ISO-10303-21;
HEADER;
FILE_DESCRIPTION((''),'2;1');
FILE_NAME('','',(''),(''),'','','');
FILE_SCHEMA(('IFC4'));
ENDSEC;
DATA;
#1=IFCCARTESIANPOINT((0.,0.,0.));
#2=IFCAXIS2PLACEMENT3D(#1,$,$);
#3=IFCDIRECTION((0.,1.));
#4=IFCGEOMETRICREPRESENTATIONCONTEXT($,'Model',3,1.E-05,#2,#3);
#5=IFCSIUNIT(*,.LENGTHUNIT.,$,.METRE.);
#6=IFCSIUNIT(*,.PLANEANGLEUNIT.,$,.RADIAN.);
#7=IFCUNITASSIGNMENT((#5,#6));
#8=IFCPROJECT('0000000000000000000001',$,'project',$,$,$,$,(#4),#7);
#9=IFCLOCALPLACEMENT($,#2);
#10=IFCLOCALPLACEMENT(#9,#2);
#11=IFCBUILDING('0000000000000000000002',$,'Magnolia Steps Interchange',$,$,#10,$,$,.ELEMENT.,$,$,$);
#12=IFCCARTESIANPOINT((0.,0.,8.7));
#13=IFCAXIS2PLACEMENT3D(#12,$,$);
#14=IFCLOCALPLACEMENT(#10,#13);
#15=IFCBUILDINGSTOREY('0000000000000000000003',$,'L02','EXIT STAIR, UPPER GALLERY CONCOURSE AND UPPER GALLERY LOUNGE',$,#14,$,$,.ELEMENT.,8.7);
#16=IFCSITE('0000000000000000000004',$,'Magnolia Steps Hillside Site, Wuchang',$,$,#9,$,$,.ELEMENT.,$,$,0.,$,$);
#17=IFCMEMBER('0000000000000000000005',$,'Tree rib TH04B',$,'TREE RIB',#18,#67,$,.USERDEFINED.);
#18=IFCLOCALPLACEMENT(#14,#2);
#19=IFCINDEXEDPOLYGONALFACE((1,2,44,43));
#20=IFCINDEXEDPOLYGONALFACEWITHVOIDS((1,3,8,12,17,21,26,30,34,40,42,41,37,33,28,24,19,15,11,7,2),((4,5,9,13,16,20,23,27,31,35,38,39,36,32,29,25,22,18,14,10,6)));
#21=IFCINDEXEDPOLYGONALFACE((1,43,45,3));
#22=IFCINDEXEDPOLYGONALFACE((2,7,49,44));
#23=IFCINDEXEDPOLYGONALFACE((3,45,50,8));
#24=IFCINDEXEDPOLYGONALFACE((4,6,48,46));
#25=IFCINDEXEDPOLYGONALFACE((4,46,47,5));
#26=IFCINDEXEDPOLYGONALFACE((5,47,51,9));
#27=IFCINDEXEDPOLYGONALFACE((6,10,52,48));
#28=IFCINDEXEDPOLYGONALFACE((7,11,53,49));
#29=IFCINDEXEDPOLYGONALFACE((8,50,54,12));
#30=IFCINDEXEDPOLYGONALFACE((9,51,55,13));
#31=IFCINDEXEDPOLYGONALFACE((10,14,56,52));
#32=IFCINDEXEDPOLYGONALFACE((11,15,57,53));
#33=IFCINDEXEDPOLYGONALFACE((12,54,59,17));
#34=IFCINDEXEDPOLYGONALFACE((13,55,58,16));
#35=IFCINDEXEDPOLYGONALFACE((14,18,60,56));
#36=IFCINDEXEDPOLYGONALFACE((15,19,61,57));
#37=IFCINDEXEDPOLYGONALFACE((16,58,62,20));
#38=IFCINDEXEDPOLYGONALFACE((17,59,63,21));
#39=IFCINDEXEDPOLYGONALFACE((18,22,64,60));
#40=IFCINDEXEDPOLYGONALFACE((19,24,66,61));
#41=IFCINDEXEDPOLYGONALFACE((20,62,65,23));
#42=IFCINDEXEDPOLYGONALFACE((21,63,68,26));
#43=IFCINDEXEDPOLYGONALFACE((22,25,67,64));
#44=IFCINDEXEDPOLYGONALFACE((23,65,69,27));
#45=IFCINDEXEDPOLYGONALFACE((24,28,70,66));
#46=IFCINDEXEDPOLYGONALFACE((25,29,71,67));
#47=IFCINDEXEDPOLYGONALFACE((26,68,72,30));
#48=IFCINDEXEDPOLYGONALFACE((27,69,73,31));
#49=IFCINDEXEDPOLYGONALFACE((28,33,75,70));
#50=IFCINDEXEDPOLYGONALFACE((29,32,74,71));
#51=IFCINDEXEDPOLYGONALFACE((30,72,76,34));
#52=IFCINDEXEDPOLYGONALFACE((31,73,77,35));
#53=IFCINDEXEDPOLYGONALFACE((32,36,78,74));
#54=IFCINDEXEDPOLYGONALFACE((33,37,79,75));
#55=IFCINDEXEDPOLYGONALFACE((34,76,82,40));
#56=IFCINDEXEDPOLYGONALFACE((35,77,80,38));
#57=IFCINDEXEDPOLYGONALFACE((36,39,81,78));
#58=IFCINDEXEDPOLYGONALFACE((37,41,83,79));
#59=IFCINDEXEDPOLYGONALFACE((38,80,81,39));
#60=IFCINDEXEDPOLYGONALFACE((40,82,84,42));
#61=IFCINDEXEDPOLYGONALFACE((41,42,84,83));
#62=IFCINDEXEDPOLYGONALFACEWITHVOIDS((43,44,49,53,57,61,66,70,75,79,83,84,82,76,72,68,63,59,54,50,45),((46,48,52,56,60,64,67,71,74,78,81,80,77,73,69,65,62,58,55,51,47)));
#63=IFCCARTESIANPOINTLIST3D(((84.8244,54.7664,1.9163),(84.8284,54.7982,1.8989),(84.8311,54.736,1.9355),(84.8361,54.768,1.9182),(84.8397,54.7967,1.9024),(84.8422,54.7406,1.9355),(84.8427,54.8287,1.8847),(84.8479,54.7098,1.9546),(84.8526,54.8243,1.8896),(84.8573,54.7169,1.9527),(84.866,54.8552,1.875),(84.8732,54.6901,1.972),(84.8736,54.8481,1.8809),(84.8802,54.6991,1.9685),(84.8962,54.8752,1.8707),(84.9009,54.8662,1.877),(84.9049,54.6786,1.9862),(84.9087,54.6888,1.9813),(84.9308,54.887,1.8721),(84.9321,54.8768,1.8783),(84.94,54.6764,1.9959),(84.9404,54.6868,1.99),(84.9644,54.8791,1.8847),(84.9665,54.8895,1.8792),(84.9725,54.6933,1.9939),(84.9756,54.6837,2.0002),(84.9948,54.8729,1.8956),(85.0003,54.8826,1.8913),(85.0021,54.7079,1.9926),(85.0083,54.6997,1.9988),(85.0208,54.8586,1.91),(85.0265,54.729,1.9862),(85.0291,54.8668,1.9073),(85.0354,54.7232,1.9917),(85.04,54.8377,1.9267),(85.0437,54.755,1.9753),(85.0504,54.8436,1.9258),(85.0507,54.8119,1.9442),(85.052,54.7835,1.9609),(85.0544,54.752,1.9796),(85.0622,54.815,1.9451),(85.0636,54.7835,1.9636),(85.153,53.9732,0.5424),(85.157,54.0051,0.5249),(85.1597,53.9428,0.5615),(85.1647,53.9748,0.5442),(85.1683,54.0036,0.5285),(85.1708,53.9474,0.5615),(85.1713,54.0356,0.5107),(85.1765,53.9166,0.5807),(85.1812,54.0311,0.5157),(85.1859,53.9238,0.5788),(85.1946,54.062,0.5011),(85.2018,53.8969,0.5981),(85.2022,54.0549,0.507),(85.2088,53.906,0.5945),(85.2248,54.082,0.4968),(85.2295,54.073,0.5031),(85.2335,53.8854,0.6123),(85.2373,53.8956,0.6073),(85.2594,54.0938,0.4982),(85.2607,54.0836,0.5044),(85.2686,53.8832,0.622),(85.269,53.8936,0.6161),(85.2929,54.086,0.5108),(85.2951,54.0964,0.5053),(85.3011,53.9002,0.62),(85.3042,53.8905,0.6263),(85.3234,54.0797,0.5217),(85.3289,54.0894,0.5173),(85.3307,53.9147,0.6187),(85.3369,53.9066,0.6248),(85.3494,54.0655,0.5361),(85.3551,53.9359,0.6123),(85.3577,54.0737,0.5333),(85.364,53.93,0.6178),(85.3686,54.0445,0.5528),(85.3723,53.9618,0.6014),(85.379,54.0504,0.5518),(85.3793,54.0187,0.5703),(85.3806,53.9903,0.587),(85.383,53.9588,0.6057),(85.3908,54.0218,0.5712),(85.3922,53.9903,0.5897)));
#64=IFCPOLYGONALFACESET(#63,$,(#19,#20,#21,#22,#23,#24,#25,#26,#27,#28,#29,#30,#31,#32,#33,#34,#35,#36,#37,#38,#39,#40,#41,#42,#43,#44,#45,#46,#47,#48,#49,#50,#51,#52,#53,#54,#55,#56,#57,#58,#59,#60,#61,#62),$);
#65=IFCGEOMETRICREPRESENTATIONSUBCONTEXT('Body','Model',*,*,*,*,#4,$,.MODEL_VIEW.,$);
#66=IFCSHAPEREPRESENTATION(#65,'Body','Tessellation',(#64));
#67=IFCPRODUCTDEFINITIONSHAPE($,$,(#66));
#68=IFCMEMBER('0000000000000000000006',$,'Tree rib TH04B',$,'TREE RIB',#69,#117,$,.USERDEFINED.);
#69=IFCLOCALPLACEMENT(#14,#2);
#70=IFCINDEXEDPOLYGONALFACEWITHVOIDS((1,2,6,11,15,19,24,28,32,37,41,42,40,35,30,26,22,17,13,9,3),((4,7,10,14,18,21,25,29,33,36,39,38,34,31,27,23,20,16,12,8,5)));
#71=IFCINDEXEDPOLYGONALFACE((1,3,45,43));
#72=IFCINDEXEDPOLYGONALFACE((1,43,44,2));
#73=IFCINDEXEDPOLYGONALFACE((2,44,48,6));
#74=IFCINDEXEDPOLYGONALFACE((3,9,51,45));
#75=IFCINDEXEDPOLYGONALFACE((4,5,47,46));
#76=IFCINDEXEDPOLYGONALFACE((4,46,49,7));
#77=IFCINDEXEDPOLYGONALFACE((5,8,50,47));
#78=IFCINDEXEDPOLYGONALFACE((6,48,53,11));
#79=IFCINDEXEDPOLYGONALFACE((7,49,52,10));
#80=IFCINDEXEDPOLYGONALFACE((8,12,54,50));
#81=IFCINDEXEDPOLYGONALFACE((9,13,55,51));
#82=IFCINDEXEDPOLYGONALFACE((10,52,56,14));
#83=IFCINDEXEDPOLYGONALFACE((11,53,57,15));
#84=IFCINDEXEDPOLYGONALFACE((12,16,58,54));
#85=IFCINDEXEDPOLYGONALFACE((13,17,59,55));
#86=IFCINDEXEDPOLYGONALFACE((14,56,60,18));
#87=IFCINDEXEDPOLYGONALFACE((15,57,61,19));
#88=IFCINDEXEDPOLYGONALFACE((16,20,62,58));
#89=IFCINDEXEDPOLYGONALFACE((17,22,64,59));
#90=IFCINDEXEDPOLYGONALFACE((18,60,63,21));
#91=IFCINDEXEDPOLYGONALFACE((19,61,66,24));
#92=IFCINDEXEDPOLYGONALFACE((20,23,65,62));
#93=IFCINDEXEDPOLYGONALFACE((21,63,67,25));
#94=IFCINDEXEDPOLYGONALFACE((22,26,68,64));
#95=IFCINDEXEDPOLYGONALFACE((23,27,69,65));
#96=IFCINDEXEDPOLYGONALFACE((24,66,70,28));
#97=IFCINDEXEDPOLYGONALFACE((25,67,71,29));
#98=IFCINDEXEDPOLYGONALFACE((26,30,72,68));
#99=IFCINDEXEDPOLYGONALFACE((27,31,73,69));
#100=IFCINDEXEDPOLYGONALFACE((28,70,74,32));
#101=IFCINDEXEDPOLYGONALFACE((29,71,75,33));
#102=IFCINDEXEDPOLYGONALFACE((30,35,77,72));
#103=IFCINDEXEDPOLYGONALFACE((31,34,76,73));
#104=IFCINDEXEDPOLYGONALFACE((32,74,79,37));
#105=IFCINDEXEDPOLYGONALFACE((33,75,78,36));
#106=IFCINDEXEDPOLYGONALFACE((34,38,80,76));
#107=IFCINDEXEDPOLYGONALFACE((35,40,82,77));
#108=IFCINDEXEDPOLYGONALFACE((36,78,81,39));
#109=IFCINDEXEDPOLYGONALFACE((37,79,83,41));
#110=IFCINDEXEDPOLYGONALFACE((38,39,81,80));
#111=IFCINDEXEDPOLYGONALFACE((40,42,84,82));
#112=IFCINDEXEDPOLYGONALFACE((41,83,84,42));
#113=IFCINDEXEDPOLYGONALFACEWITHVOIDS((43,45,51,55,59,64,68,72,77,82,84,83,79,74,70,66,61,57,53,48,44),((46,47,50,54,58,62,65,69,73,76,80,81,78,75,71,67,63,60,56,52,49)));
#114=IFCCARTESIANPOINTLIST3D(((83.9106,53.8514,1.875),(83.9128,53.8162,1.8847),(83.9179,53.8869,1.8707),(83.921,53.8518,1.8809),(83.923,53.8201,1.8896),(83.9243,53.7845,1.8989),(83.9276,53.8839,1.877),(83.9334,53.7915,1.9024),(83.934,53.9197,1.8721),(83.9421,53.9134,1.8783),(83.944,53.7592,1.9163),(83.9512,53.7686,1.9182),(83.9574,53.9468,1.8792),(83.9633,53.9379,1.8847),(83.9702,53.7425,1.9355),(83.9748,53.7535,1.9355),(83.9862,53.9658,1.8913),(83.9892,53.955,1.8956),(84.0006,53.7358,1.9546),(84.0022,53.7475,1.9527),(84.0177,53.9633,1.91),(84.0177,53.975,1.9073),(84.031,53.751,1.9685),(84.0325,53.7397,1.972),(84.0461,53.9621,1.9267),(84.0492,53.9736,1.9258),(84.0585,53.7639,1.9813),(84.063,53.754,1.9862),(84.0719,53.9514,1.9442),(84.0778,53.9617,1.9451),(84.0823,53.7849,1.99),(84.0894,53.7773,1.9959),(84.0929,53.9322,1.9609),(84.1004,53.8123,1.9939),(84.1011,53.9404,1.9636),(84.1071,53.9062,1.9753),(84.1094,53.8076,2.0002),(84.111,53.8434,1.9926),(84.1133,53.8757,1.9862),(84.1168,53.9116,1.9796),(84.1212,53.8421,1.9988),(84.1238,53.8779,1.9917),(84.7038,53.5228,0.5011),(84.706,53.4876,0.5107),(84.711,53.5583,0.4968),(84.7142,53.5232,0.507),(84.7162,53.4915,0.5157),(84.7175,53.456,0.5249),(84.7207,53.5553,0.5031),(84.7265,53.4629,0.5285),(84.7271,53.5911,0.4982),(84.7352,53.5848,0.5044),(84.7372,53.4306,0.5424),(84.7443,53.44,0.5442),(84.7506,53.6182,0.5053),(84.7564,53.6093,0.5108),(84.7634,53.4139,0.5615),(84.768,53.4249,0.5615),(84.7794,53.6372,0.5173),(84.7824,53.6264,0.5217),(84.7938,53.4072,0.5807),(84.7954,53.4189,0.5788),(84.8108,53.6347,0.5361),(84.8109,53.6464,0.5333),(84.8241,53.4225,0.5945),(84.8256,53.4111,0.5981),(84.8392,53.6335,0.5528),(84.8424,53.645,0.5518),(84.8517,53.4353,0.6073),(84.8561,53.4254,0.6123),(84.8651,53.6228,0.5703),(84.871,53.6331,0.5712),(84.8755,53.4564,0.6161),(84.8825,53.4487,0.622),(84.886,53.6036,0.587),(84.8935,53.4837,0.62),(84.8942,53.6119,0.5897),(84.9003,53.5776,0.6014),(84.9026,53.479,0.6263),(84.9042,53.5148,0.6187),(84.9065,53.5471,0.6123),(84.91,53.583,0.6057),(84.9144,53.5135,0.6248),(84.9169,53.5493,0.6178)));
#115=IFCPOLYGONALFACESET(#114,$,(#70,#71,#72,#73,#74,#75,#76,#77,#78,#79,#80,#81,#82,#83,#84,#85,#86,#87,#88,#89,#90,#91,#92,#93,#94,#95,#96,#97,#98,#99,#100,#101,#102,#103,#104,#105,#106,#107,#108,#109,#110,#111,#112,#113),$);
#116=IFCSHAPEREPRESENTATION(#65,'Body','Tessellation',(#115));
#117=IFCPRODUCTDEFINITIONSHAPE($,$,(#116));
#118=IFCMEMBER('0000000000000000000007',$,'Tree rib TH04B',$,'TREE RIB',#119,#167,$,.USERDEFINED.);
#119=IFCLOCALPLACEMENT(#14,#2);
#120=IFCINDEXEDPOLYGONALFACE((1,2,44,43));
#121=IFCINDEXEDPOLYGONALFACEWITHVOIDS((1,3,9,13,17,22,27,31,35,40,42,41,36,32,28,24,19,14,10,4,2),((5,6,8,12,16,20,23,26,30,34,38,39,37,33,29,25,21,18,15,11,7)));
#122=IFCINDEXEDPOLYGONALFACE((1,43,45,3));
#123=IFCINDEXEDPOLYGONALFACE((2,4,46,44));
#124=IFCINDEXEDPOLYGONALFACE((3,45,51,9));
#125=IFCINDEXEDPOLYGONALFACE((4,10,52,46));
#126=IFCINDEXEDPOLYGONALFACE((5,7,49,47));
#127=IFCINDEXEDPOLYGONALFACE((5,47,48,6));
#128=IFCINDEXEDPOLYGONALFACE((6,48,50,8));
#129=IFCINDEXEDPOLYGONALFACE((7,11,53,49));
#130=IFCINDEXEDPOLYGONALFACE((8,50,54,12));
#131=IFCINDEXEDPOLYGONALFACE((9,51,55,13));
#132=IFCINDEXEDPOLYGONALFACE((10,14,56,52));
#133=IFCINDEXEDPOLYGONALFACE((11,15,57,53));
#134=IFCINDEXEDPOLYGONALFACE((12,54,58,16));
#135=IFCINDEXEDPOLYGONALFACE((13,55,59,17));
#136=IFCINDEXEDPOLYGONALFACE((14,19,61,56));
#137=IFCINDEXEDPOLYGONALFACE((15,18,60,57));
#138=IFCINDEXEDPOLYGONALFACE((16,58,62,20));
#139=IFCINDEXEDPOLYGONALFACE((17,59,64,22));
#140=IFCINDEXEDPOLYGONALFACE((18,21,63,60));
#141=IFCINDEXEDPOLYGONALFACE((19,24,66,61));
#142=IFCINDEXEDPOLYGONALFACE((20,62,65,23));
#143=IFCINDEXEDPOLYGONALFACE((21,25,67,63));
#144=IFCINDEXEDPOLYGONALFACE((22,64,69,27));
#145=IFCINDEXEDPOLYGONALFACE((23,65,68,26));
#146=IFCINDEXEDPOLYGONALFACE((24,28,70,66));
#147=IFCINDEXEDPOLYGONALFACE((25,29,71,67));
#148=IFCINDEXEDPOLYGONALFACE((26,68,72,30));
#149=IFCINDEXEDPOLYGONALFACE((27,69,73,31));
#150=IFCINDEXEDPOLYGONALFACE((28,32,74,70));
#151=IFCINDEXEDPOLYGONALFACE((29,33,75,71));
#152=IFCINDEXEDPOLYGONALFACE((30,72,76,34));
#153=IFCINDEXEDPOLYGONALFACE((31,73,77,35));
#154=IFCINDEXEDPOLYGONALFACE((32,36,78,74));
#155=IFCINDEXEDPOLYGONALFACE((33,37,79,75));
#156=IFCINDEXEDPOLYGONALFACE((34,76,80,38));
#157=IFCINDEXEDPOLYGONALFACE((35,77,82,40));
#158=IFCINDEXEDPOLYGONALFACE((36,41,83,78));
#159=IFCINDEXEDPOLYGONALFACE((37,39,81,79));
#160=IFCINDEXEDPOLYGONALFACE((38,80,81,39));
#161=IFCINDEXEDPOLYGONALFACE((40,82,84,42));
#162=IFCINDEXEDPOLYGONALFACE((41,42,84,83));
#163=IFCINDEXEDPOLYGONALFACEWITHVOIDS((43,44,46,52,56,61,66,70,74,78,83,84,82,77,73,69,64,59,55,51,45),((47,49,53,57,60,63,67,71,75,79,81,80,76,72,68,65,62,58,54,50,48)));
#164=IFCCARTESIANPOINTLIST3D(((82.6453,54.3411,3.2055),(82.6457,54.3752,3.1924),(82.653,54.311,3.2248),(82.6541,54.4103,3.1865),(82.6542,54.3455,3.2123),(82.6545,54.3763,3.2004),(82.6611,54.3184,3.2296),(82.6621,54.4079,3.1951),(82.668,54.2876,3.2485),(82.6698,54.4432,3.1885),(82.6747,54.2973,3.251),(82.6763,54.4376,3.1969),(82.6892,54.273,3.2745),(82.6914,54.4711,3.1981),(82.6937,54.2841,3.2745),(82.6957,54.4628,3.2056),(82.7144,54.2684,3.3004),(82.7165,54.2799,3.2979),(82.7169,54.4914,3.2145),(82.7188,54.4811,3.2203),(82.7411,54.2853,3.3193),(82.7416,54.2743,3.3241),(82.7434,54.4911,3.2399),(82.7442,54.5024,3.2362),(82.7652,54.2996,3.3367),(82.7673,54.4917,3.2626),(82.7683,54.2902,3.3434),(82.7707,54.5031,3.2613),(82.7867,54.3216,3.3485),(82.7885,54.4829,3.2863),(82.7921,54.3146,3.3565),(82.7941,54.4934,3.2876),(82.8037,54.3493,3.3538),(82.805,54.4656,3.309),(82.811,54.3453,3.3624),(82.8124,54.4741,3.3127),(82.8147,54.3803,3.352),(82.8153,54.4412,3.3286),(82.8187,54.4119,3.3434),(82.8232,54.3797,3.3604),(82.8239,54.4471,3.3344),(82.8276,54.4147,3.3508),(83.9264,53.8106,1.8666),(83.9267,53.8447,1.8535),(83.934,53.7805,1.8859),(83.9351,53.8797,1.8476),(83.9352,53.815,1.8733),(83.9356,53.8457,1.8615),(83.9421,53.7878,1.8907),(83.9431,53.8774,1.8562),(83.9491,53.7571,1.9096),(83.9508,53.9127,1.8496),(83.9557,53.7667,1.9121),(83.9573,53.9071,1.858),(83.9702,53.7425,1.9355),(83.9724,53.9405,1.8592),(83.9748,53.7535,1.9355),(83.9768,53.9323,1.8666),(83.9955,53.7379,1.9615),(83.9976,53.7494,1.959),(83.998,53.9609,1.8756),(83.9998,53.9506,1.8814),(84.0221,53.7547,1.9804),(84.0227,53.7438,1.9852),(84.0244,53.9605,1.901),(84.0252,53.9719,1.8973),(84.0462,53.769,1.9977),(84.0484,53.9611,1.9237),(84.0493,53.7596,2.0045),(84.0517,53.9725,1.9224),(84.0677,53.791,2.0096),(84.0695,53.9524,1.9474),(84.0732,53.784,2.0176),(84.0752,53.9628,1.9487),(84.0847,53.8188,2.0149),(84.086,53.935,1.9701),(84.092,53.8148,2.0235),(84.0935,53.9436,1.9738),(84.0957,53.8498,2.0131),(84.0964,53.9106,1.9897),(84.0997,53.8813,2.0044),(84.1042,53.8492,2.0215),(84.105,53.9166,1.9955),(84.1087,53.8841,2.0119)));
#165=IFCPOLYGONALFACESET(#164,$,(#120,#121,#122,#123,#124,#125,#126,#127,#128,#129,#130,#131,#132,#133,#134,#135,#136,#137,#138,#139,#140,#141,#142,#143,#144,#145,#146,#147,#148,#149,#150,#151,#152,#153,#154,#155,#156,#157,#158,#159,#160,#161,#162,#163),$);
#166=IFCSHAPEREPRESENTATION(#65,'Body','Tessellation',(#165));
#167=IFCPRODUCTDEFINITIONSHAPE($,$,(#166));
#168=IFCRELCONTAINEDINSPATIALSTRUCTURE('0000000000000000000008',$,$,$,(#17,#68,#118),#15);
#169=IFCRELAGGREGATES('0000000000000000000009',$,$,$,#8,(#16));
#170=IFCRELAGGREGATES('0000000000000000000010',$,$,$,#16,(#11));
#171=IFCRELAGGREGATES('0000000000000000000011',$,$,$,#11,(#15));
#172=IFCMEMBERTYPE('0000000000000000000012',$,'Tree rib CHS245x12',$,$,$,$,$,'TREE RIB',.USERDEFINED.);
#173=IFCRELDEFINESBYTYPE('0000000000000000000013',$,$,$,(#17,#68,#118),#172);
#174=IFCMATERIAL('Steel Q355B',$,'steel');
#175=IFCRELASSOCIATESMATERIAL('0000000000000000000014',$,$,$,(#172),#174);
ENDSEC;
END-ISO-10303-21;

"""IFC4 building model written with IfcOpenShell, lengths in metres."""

from ifc_helpers import new_model, si_unit, direction, frame, origin, origin_2d, place, context, subcontext, project, spatial, hollow_circle, extrude, material, material_profile, profile_set, type_object, element, save


model = new_model("IFC4")

# Units and contexts
model_context = context("Model", 3, precision=1e-05, world=origin(), true_north=direction((0.0, 1.0)))
body_context = subcontext(model_context, "Body", "Model", "MODEL_VIEW")
ifc_project = project(units=[si_unit("LENGTHUNIT", "METRE"), si_unit("PLANEANGLEUNIT", "RADIAN")], contexts=[model_context])

# Site, building, storey
site_placement = place(None, origin())
site = spatial("IfcSite", under=ifc_project, at=site_placement, Name="Magnolia Steps Hillside Site, Wuchang", CompositionType="ELEMENT", RefElevation=0.0)
building_placement = place(site_placement, origin())
building = spatial("IfcBuilding", under=site, at=building_placement, Name="Magnolia Steps Interchange", CompositionType="ELEMENT")
storey_placement = place(building_placement, frame((0.0, 0.0, 8.7)))
storey = spatial("IfcBuildingStorey", under=building, at=storey_placement, Name="L02", Description="EXIT STAIR, UPPER GALLERY CONCOURSE AND UPPER GALLERY LOUNGE", CompositionType="ELEMENT", Elevation=8.7)

# Members
ifc_material_1 = material(Name="Steel Q355B", Category="steel")
ifc_material_profile_1 = material_profile(ifc_material_1, hollow_circle(Radius=0.1226, WallThickness=0.012, at=origin_2d()), Name="CHS245x12")
ifc_profile_set_1 = profile_set([ifc_material_profile_1], Name="Steel Q355B")
member_type = type_object("IfcMemberType", Name="Tree rib CHS245x12", ElementType="TREE RIB", PredefinedType="USERDEFINED", material=ifc_profile_set_1)
for number, where, z_axis, x_axis, name in (
    (1, (85.2729, 53.9897, 0.5615), (-0.20282, 0.489571, 0.848047), (-0.923857, -0.382737, 0.0), "Tree rib TH04B"),
    (2, (84.8103, 53.5271, 0.5615), (-0.489571, 0.20282, 0.848047), (-0.382737, -0.923857, 0.0), "Tree rib TH04B"),
):
    element("IfcMember", number, at=place(storey_placement, frame(where, z_axis=z_axis, x_axis=x_axis)), inside=storey, type_object=member_type, Name=name, ObjectType="TREE RIB", PredefinedType="USERDEFINED", context=body_context, shape_type="SweptSolid", body=[
        extrude(hollow_circle(Radius=0.1226, WallThickness=0.012, at=origin_2d()), origin(), (0.0, 0.0, 1.0), 1.6201),
    ])
member_1_placement = place(storey_placement, frame((84.0171, 53.8557, 1.9355), z_axis=(-0.664618, 0.275246, 0.694638), x_axis=(-0.382627, -0.923903, 0.0)))
element("IfcMember", 3, at=member_1_placement, inside=storey, type_object=member_type, Name="Tree rib TH04B", ObjectType="TREE RIB", PredefinedType="USERDEFINED", context=body_context, shape_type="SweptSolid", body=[
    extrude(hollow_circle(Radius=0.1226, WallThickness=0.012, at=origin_2d()), origin(), (0.0, 0.0, 1.0), 1.9275),
])

save(model, "model.ifc")
